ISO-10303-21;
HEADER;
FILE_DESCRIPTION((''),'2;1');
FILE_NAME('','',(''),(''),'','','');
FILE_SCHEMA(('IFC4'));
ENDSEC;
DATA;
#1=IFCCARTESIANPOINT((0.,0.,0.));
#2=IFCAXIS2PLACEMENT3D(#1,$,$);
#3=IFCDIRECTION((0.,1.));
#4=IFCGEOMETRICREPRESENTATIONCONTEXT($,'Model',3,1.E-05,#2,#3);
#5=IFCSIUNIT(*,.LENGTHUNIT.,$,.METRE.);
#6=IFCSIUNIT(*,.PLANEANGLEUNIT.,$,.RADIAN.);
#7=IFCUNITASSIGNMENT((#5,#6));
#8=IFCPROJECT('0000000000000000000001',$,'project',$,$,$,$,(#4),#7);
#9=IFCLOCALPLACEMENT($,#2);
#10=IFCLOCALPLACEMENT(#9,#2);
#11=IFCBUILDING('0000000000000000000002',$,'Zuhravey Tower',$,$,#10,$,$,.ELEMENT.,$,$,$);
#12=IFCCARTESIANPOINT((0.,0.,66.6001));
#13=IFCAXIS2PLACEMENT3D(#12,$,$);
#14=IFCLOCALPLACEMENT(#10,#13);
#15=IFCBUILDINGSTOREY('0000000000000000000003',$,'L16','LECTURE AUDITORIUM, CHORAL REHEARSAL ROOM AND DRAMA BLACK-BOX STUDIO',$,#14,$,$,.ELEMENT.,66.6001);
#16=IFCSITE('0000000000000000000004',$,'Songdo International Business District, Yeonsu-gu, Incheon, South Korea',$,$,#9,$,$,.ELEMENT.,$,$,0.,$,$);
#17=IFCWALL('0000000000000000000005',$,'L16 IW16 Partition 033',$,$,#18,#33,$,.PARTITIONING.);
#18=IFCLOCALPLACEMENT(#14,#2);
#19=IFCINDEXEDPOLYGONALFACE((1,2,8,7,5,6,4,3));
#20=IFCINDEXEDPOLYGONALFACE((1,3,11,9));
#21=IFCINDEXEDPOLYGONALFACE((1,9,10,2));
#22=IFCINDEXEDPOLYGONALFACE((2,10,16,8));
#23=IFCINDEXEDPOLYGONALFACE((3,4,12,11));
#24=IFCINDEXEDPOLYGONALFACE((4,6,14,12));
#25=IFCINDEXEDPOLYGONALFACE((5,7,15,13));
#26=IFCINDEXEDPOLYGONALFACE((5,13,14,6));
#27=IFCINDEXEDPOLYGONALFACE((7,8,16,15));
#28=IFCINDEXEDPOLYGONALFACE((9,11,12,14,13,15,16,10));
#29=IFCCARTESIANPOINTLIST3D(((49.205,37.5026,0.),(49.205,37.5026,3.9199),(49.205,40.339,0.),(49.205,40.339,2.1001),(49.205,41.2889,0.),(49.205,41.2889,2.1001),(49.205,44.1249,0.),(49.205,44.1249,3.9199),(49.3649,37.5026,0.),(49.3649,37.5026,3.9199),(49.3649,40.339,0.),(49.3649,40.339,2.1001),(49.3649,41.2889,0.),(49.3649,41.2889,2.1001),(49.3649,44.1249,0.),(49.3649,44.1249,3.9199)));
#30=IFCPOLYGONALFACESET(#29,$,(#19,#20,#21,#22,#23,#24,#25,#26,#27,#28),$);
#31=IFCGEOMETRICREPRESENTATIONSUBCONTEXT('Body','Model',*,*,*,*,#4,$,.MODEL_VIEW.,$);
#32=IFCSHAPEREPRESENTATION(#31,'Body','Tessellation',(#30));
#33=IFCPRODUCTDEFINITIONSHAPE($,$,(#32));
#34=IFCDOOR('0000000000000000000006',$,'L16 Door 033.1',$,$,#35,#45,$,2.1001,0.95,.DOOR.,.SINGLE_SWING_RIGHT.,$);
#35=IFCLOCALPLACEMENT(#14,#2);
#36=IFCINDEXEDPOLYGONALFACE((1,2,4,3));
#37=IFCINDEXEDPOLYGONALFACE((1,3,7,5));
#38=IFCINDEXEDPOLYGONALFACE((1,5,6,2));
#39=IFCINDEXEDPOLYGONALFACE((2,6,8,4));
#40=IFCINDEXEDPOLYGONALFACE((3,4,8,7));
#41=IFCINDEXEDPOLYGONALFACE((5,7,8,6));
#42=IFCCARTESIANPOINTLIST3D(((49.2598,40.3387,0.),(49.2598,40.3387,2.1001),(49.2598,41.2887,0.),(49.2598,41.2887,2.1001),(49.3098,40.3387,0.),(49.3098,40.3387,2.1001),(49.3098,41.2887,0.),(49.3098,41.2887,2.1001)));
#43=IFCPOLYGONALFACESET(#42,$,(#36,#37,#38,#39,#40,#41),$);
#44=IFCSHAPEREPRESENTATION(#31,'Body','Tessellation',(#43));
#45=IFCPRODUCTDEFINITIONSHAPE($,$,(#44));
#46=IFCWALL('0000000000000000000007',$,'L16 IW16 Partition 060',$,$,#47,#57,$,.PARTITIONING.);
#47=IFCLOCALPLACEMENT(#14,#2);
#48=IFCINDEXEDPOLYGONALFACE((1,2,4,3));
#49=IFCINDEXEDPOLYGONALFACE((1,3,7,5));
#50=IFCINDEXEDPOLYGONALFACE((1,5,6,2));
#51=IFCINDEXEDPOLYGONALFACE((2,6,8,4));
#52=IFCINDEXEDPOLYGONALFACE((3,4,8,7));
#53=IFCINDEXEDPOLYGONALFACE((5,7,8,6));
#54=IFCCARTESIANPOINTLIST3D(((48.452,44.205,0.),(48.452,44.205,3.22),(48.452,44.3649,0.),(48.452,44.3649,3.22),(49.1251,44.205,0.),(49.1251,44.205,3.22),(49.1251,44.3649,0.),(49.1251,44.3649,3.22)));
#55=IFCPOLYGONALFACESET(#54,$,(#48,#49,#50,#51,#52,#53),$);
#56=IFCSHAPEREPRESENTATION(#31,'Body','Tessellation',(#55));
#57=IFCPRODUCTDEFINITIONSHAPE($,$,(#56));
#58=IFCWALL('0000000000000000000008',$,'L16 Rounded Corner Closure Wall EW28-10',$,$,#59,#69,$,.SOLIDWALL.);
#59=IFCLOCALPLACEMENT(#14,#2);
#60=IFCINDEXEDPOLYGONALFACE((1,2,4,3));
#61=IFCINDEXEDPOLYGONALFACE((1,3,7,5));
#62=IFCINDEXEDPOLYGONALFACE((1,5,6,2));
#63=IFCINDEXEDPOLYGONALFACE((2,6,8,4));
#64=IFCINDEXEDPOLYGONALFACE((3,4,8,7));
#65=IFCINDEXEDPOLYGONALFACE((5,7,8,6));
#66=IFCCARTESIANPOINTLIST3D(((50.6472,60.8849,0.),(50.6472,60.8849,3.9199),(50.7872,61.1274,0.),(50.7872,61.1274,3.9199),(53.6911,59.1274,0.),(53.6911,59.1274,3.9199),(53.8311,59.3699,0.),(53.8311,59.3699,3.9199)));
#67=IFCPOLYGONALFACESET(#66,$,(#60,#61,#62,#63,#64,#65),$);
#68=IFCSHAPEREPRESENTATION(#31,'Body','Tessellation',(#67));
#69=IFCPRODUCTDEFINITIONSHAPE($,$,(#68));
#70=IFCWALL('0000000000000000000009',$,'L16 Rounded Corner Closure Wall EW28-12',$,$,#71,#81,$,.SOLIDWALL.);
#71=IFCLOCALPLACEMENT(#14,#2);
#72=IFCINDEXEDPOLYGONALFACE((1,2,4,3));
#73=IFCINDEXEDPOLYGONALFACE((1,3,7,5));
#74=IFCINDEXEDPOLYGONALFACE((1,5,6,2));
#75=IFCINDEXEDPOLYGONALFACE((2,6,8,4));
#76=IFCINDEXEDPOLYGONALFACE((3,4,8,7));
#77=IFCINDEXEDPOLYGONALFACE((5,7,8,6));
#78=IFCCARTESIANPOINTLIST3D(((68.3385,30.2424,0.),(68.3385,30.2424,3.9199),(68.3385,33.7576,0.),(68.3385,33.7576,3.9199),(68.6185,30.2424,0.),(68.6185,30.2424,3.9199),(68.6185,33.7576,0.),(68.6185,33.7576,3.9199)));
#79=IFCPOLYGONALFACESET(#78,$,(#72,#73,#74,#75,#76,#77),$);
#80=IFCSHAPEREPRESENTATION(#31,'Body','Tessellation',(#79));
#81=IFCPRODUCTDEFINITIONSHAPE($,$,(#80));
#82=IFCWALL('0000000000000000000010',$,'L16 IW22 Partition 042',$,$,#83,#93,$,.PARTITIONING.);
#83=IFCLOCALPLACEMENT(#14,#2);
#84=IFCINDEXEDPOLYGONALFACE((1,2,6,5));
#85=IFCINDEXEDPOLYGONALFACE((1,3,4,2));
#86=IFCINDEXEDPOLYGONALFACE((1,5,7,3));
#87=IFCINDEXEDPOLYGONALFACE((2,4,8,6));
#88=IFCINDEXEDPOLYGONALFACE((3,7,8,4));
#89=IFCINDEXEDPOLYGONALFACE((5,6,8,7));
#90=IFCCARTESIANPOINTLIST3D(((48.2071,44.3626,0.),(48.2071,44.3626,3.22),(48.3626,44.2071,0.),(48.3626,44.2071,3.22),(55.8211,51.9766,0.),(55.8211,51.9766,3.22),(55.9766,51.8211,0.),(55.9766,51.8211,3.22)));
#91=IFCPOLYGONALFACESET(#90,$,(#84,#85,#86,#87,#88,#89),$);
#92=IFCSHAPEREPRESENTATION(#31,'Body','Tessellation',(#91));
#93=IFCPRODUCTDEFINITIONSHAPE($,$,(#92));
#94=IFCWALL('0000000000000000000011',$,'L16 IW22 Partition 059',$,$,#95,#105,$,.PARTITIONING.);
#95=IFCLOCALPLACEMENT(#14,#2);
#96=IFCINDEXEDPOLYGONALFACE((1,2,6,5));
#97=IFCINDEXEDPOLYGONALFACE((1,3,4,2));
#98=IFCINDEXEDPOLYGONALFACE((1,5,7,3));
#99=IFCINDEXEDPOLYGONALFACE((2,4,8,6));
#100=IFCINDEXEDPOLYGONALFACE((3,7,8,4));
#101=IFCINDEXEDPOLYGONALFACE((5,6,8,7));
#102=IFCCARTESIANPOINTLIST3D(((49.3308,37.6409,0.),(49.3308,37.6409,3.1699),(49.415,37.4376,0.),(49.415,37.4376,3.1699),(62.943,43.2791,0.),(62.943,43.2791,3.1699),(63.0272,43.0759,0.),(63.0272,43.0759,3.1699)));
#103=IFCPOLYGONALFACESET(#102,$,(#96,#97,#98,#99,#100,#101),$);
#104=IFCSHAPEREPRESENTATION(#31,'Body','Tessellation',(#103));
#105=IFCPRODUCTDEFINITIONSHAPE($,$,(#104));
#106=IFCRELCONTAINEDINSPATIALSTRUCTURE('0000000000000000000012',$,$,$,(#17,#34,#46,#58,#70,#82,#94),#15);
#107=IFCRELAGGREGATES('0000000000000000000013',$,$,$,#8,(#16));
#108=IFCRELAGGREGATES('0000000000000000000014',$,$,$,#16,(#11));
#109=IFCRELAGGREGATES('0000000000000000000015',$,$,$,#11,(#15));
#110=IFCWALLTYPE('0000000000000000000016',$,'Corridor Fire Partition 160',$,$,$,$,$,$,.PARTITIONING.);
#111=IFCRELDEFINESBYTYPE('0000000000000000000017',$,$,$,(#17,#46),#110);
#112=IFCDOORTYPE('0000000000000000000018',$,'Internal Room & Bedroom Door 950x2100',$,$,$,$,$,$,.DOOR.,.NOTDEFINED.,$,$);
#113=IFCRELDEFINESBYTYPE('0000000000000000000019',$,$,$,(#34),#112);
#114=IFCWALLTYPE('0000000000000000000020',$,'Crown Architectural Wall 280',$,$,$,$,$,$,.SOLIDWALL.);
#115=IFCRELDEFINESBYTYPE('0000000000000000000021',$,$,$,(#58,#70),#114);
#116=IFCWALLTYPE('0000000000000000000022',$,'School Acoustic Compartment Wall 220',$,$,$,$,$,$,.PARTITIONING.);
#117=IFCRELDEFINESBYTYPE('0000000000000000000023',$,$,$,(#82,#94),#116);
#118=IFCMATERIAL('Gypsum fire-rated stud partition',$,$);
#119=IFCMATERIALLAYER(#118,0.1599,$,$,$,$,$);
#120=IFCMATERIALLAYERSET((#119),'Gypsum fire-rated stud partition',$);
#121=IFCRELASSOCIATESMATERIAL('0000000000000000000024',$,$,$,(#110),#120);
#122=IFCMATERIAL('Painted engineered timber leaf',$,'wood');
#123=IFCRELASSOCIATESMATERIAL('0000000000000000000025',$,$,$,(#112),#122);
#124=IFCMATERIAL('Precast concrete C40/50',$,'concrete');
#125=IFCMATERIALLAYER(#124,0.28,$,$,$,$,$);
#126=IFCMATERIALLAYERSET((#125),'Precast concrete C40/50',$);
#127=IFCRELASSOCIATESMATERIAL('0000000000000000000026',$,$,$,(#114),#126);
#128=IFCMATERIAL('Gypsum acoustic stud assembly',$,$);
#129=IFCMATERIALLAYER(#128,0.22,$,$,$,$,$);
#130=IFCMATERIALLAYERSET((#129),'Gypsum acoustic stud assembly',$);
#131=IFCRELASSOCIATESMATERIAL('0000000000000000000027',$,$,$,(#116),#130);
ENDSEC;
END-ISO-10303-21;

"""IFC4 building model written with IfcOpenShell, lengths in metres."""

from ifc_helpers import new_model, si_unit, direction, frame, frame_2d, origin, place, context, subcontext, project, spatial, rectangle, extrude, material, layer, layer_set, type_object, element, fill, save


model = new_model("IFC4")

# Units and contexts
model_context = context("Model", 3, precision=1e-05, world=origin(), true_north=direction((0.0, 1.0)))
body_context = subcontext(model_context, "Body", "Model", "MODEL_VIEW")
ifc_project = project(units=[si_unit("LENGTHUNIT", "METRE"), si_unit("PLANEANGLEUNIT", "RADIAN")], contexts=[model_context])

# Site, building, storey
site_placement = place(None, origin())
site = spatial("IfcSite", under=ifc_project, at=site_placement, Name="Songdo International Business District, Yeonsu-gu, Incheon, South Korea", CompositionType="ELEMENT", RefElevation=0.0)
building_placement = place(site_placement, origin())
building = spatial("IfcBuilding", under=site, at=building_placement, Name="Zuhravey Tower", CompositionType="ELEMENT")
storey_placement = place(building_placement, frame((0.0, 0.0, 66.6001)))
storey = spatial("IfcBuildingStorey", under=building, at=storey_placement, Name="L16", Description="LECTURE AUDITORIUM, CHORAL REHEARSAL ROOM AND DRAMA BLACK-BOX STUDIO", CompositionType="ELEMENT", Elevation=66.6001)

# Wall, opening, door
ifc_material_1 = material(Name="Gypsum fire-rated stud partition")
ifc_layer_1 = layer(ifc_material_1, 0.1599)
ifc_layer_set_1 = layer_set([ifc_layer_1], Name="Gypsum fire-rated stud partition")
wall_type_1 = type_object("IfcWallType", Name="Corridor Fire Partition 160", PredefinedType="PARTITIONING", material=ifc_layer_set_1)
wall_1_placement = place(storey_placement, frame((49.2849, 37.5027, 0.0), z_axis=(0.0, 0.0, 1.0), x_axis=(0.0, 1.0, 0.0)))
wall_1 = element("IfcWall", 1, at=wall_1_placement, inside=storey, type_object=wall_type_1, Name="L16 IW16 Partition 033", PredefinedType="PARTITIONING", context=body_context, shape_type="SweptSolid", body=[
    extrude(rectangle(XDim=6.6223, YDim=0.1599, at=frame_2d((3.311, 0.0))), origin(), (0.0, 0.0, 1.0), 3.9199),
])
opening_1_placement = place(wall_1_placement, frame((2.8362, 0.0, 0.0)))
opening_1 = element("IfcOpeningElement", 2, at=opening_1_placement, cuts=wall_1, PredefinedType="OPENING", context=body_context, shape_type="SweptSolid", body=[
    extrude(rectangle(XDim=0.95, YDim=2.1001, at=frame_2d((0.4751, 1.05))), frame((0.0, 0.092, 0.0), z_axis=(0.0, -1.0, 0.0), x_axis=(1.0, 0.0, 0.0)), (0.0, 0.0, 1.0), 0.1838),
])
ifc_material_2 = material(Name="Painted engineered timber leaf", Category="wood")
door_type_1 = type_object("IfcDoorType", Name="Internal Room & Bedroom Door 950x2100", OperationType="NOTDEFINED", PredefinedType="DOOR", material=ifc_material_2)
door_1_placement = place(opening_1_placement, frame((0.95, 0.0, 0.0), z_axis=(0.0, 0.0, 1.0), x_axis=(-1.0, 0.0, 0.0)))
door_1 = element("IfcDoor", 3, at=door_1_placement, inside=storey, type_object=door_type_1, Name="L16 Door 033.1", OperationType="SINGLE_SWING_RIGHT", OverallHeight=2.1001, OverallWidth=0.95, PredefinedType="DOOR", context=body_context, shape_type="SweptSolid", body=[
    extrude(rectangle(XDim=0.95, YDim=2.1001, at=frame_2d((0.4751, 1.05))), frame((0.0, 0.0249, 0.0), z_axis=(0.0, -1.0, 0.0), x_axis=(1.0, 0.0, 0.0)), (0.0, 0.0, 1.0), 0.05),
])
fill(opening_1, door_1)

# Walls
wall_2_placement = place(storey_placement, frame((49.125, 44.2849, 0.0), z_axis=(0.0, 0.0, 1.0), x_axis=(-1.0, 0.0, 0.0)))
element("IfcWall", 4, at=wall_2_placement, inside=storey, type_object=wall_type_1, Name="L16 IW16 Partition 060", PredefinedType="PARTITIONING", context=body_context, shape_type="SweptSolid", body=[
    extrude(rectangle(XDim=0.6731, YDim=0.1599, at=frame_2d((0.3364, 0.0))), origin(), (0.0, 0.0, 1.0), 3.22),
])
ifc_material_3 = material(Name="Precast concrete C40/50", Category="concrete")
ifc_layer_2 = layer(ifc_material_3, 0.28)
ifc_layer_set_2 = layer_set([ifc_layer_2], Name="Precast concrete C40/50")
wall_type_2 = type_object("IfcWallType", Name="Crown Architectural Wall 280", PredefinedType="SOLIDWALL", material=ifc_layer_set_2)
wall_3_placement = place(storey_placement, frame((50.7173, 61.0061, 0.0), z_axis=(0.0, 0.0, 1.0), x_axis=(0.866007, -0.500031, 0.0)))
element("IfcWall", 5, at=wall_3_placement, inside=storey, type_object=wall_type_2, Name="L16 Rounded Corner Closure Wall EW28-10", PredefinedType="SOLIDWALL", context=body_context, shape_type="SweptSolid", body=[
    extrude(rectangle(XDim=3.5149, YDim=0.28, at=frame_2d((1.7573, 0.0))), origin(), (0.0, 0.0, 1.0), 3.9199),
])
wall_4_placement = place(storey_placement, frame((68.4785, 33.7576, 0.0), z_axis=(0.0, 0.0, 1.0), x_axis=(0.0, -1.0, 0.0)))
element("IfcWall", 6, at=wall_4_placement, inside=storey, type_object=wall_type_2, Name="L16 Rounded Corner Closure Wall EW28-12", PredefinedType="SOLIDWALL", context=body_context, shape_type="SweptSolid", body=[
    extrude(rectangle(XDim=3.5151, YDim=0.28, at=frame_2d((1.7576, 0.0))), origin(), (0.0, 0.0, 1.0), 3.9199),
])
ifc_material_4 = material(Name="Gypsum acoustic stud assembly")
ifc_layer_3 = layer(ifc_material_4, 0.22)
ifc_layer_set_3 = layer_set([ifc_layer_3], Name="Gypsum acoustic stud assembly")
wall_type_3 = type_object("IfcWallType", Name="School Acoustic Compartment Wall 220", PredefinedType="PARTITIONING", material=ifc_layer_set_3)
wall_5_placement = place(storey_placement, frame((48.2849, 44.2849, 0.0), z_axis=(0.0, 0.0, 1.0), x_axis=(0.707107, 0.707107, 0.0)))
element("IfcWall", 7, at=wall_5_placement, inside=storey, type_object=wall_type_3, Name="L16 IW22 Partition 042", PredefinedType="PARTITIONING", context=body_context, shape_type="SweptSolid", body=[
    extrude(rectangle(XDim=10.7678, YDim=0.22, at=frame_2d((5.3838, 0.0))), origin(), (0.0, 0.0, 1.0), 3.22),
])
wall_6_placement = place(storey_placement, frame((49.373, 37.5393, 0.0), z_axis=(0.0, 0.0, 1.0), x_axis=(0.923882, 0.382677, 0.0)))
element("IfcWall", 8, at=wall_6_placement, inside=storey, type_object=wall_type_3, Name="L16 IW22 Partition 059", PredefinedType="PARTITIONING", context=body_context, shape_type="SweptSolid", body=[
    extrude(rectangle(XDim=14.7336, YDim=0.22, at=frame_2d((7.3667, 0.0))), origin(), (0.0, 0.0, 1.0), 3.1699),
])

save(model, "model.ifc")
